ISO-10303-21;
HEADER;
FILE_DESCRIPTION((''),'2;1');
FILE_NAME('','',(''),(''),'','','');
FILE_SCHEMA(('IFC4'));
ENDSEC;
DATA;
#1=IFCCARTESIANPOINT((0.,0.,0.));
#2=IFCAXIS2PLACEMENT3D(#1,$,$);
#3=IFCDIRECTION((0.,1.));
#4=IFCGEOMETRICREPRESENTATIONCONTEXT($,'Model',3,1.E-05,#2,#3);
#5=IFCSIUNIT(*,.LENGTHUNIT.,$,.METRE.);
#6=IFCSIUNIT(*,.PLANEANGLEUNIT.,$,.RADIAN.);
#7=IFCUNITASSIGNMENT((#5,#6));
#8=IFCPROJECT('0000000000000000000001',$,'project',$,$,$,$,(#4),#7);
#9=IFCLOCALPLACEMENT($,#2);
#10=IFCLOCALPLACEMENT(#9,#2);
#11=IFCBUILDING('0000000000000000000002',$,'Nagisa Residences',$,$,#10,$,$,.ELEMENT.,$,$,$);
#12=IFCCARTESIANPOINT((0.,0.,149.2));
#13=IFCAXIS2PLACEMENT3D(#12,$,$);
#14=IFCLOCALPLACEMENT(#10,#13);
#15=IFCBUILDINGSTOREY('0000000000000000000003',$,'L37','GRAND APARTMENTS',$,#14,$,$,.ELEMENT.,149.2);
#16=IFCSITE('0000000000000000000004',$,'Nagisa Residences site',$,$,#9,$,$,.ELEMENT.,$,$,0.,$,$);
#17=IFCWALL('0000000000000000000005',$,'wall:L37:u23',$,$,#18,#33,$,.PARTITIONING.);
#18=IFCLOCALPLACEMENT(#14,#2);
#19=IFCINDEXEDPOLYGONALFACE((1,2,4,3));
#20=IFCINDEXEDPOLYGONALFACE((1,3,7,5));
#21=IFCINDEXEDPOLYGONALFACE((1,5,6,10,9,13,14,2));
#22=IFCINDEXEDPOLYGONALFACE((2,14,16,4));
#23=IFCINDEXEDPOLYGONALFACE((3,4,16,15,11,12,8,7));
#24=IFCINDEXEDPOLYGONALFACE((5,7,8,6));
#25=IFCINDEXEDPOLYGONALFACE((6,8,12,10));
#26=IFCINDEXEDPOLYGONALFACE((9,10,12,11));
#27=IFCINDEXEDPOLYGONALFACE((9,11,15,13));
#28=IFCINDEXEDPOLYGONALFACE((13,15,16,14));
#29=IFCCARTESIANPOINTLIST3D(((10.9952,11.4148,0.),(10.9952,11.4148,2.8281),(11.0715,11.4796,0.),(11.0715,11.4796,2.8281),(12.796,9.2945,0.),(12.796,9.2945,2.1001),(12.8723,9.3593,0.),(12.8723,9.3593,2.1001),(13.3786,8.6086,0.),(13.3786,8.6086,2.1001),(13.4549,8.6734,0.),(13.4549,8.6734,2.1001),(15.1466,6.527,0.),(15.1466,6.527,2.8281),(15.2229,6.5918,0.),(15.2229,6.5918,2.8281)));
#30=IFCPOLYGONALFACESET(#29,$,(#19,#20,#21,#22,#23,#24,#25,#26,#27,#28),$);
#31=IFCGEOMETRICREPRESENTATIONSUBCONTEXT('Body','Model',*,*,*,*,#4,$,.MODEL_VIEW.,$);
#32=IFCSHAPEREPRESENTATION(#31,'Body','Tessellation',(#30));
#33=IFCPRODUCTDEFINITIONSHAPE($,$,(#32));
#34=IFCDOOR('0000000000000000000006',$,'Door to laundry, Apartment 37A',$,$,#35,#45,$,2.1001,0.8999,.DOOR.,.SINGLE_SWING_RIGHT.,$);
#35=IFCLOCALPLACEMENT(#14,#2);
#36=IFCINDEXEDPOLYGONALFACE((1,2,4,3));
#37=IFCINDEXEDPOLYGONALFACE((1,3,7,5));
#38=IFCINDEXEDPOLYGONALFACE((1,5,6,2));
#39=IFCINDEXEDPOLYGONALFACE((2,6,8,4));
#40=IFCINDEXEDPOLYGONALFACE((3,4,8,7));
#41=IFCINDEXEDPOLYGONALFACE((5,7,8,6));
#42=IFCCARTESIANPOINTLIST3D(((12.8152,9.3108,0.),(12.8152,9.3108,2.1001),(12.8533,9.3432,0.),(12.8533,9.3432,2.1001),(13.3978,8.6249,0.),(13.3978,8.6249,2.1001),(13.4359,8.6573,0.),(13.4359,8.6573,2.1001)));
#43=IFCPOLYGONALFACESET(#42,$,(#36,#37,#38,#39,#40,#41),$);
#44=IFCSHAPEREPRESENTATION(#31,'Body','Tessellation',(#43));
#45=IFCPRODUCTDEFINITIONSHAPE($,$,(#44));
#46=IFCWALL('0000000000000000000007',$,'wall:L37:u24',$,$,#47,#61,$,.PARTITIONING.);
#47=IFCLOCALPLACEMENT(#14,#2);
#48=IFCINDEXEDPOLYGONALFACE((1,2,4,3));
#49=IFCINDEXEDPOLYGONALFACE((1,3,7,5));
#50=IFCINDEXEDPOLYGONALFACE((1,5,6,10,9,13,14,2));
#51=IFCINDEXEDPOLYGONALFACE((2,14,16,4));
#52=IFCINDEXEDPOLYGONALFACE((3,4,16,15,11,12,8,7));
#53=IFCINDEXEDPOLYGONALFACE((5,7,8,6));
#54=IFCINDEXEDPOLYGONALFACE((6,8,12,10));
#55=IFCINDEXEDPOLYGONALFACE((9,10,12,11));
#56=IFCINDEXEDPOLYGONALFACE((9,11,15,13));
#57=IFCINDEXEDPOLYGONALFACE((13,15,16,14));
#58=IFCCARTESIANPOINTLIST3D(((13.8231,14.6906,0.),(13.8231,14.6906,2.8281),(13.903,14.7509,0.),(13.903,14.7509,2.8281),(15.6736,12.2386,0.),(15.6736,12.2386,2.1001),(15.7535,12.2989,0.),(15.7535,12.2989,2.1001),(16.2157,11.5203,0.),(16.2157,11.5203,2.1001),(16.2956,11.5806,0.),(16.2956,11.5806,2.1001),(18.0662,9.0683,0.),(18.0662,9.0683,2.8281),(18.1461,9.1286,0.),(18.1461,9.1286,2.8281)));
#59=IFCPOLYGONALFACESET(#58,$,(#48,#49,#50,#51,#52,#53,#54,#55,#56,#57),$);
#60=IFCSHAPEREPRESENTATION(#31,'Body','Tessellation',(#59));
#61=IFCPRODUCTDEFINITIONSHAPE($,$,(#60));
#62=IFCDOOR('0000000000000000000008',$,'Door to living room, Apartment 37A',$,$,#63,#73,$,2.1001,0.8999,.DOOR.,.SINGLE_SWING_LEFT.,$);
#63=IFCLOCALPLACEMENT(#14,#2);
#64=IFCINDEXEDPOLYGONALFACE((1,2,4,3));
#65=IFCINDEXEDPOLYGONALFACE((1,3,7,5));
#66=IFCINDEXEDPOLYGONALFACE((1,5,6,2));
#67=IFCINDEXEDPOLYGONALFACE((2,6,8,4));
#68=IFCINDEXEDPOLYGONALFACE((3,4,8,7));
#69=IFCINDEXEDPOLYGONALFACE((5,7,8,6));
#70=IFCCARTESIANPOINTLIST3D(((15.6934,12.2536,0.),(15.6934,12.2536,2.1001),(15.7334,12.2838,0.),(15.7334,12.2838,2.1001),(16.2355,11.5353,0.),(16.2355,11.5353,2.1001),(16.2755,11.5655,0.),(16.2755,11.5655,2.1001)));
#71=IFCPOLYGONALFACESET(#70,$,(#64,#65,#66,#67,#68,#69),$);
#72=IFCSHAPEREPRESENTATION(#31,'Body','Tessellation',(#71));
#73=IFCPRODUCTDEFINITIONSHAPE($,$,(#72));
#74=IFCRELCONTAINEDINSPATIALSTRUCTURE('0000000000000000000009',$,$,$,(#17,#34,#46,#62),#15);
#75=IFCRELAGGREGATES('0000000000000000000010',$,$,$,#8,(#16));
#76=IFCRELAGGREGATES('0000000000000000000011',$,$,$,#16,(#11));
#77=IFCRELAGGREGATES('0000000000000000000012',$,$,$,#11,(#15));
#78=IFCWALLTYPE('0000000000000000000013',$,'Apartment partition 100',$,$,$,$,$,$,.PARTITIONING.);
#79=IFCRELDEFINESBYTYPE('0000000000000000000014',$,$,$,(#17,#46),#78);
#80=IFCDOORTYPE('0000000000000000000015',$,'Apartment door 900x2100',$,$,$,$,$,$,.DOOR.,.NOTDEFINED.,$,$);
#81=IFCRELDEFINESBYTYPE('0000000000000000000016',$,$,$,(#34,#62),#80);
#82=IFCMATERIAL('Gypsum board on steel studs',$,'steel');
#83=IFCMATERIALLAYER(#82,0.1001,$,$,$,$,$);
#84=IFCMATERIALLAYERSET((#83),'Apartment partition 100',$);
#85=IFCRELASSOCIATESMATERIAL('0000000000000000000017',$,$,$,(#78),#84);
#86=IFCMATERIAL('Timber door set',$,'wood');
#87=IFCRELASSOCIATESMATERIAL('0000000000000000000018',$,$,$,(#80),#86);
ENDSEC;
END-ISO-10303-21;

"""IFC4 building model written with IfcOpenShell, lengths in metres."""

from ifc_helpers import new_model, si_unit, direction, frame, frame_2d, origin, place, context, subcontext, project, spatial, rectangle, extrude, material, layer, layer_set, type_object, element, fill, save


model = new_model("IFC4")

# Units and contexts
model_context = context("Model", 3, precision=1e-05, world=origin(), true_north=direction((0.0, 1.0)))
body_context = subcontext(model_context, "Body", "Model", "MODEL_VIEW")
ifc_project = project(units=[si_unit("LENGTHUNIT", "METRE"), si_unit("PLANEANGLEUNIT", "RADIAN")], contexts=[model_context])

# Site, building, storey
site_placement = place(None, origin())
site = spatial("IfcSite", under=ifc_project, at=site_placement, Name="Nagisa Residences site", CompositionType="ELEMENT", RefElevation=0.0)
building_placement = place(site_placement, origin())
building = spatial("IfcBuilding", under=site, at=building_placement, Name="Nagisa Residences", CompositionType="ELEMENT")
storey_placement = place(building_placement, frame((0.0, 0.0, 149.2)))
storey = spatial("IfcBuildingStorey", under=building, at=storey_placement, Name="L37", Description="GRAND APARTMENTS", CompositionType="ELEMENT", Elevation=149.2)

# Shared definitions
ifc_material_1 = material(Name="Gypsum board on steel studs", Category="steel")
ifc_layer_1 = layer(ifc_material_1, 0.1001)
ifc_layer_set_1 = layer_set([ifc_layer_1], Name="Apartment partition 100")
wall_type_1 = type_object("IfcWallType", Name="Apartment partition 100", PredefinedType="PARTITIONING", material=ifc_layer_set_1)

# Shared definitions
ifc_material_2 = material(Name="Timber door set", Category="wood")
door_type_1 = type_object("IfcDoorType", Name="Apartment door 900x2100", OperationType="NOTDEFINED", PredefinedType="DOOR", material=ifc_material_2)

# Walls, openings, doors
wall_1_placement = place(storey_placement, frame((15.1848, 6.5593, 0.0), z_axis=(0.0, 0.0, 1.0), x_axis=(-0.647361, 0.762183, 0.0)))
wall_1 = element("IfcWall", 1, at=wall_1_placement, inside=storey, type_object=wall_type_1, Name="wall:L37:u23", PredefinedType="PARTITIONING", context=body_context, shape_type="SweptSolid", body=[
    extrude(rectangle(XDim=6.4128, YDim=0.1001, at=frame_2d((3.2065, 0.0))), origin(), (0.0, 0.0, 1.0), 2.8281),
])
opening_1_placement = place(wall_1_placement, frame((2.7312, 0.0, 0.0)))
opening_1 = element("IfcOpeningElement", 2, at=opening_1_placement, cuts=wall_1, PredefinedType="OPENING", context=body_context, shape_type="SweptSolid", body=[
    extrude(rectangle(XDim=0.8999, YDim=2.1001, at=frame_2d((0.45, 1.05))), frame((0.0, 0.0601, 0.0), z_axis=(0.0, -1.0, 0.0), x_axis=(1.0, 0.0, 0.0)), (0.0, 0.0, 1.0), 0.1201),
])
door_1_placement = place(opening_1_placement, origin())
door_1 = element("IfcDoor", 3, at=door_1_placement, inside=storey, type_object=door_type_1, Name="Door to laundry, Apartment 37A", OperationType="SINGLE_SWING_RIGHT", OverallHeight=2.1001, OverallWidth=0.8999, PredefinedType="DOOR", context=body_context, shape_type="SweptSolid", body=[
    extrude(rectangle(XDim=0.8999, YDim=2.1001, at=frame_2d((0.45, 1.05))), frame((0.0, 0.0249, 0.0), z_axis=(0.0, -1.0, 0.0), x_axis=(1.0, 0.0, 0.0)), (0.0, 0.0, 1.0), 0.05),
])
fill(opening_1, door_1)
wall_2_placement = place(storey_placement, frame((18.1062, 9.0984, 0.0), z_axis=(0.0, 0.0, 1.0), x_axis=(-0.602399, 0.798195, 0.0)))
wall_2 = element("IfcWall", 4, at=wall_2_placement, inside=storey, type_object=wall_type_1, Name="wall:L37:u24", PredefinedType="PARTITIONING", context=body_context, shape_type="SweptSolid", body=[
    extrude(rectangle(XDim=7.0437, YDim=0.1001, at=frame_2d((3.522, 0.0))), origin(), (0.0, 0.0, 1.0), 2.8281),
])
opening_2_placement = place(wall_2_placement, frame((3.072, 0.0, 0.0)))
opening_2 = element("IfcOpeningElement", 5, at=opening_2_placement, cuts=wall_2, PredefinedType="OPENING", context=body_context, shape_type="SweptSolid", body=[
    extrude(rectangle(XDim=0.8999, YDim=2.1001, at=frame_2d((0.45, 1.05))), frame((0.0, 0.0601, 0.0), z_axis=(0.0, -1.0, 0.0), x_axis=(1.0, 0.0, 0.0)), (0.0, 0.0, 1.0), 0.1201),
])
door_2_placement = place(opening_2_placement, frame((0.8999, 0.0, 0.0), x_axis=(-1.0, 0.0, 0.0)))
door_2 = element("IfcDoor", 6, at=door_2_placement, inside=storey, type_object=door_type_1, Name="Door to living room, Apartment 37A", OperationType="SINGLE_SWING_LEFT", OverallHeight=2.1001, OverallWidth=0.8999, PredefinedType="DOOR", context=body_context, shape_type="SweptSolid", body=[
    extrude(rectangle(XDim=0.8999, YDim=2.1001, at=frame_2d((0.45, 1.05))), frame((0.0, 0.0249, 0.0), z_axis=(0.0, -1.0, 0.0), x_axis=(1.0, 0.0, 0.0)), (0.0, 0.0, 1.0), 0.05),
])
fill(opening_2, door_2)

save(model, "model.ifc")
